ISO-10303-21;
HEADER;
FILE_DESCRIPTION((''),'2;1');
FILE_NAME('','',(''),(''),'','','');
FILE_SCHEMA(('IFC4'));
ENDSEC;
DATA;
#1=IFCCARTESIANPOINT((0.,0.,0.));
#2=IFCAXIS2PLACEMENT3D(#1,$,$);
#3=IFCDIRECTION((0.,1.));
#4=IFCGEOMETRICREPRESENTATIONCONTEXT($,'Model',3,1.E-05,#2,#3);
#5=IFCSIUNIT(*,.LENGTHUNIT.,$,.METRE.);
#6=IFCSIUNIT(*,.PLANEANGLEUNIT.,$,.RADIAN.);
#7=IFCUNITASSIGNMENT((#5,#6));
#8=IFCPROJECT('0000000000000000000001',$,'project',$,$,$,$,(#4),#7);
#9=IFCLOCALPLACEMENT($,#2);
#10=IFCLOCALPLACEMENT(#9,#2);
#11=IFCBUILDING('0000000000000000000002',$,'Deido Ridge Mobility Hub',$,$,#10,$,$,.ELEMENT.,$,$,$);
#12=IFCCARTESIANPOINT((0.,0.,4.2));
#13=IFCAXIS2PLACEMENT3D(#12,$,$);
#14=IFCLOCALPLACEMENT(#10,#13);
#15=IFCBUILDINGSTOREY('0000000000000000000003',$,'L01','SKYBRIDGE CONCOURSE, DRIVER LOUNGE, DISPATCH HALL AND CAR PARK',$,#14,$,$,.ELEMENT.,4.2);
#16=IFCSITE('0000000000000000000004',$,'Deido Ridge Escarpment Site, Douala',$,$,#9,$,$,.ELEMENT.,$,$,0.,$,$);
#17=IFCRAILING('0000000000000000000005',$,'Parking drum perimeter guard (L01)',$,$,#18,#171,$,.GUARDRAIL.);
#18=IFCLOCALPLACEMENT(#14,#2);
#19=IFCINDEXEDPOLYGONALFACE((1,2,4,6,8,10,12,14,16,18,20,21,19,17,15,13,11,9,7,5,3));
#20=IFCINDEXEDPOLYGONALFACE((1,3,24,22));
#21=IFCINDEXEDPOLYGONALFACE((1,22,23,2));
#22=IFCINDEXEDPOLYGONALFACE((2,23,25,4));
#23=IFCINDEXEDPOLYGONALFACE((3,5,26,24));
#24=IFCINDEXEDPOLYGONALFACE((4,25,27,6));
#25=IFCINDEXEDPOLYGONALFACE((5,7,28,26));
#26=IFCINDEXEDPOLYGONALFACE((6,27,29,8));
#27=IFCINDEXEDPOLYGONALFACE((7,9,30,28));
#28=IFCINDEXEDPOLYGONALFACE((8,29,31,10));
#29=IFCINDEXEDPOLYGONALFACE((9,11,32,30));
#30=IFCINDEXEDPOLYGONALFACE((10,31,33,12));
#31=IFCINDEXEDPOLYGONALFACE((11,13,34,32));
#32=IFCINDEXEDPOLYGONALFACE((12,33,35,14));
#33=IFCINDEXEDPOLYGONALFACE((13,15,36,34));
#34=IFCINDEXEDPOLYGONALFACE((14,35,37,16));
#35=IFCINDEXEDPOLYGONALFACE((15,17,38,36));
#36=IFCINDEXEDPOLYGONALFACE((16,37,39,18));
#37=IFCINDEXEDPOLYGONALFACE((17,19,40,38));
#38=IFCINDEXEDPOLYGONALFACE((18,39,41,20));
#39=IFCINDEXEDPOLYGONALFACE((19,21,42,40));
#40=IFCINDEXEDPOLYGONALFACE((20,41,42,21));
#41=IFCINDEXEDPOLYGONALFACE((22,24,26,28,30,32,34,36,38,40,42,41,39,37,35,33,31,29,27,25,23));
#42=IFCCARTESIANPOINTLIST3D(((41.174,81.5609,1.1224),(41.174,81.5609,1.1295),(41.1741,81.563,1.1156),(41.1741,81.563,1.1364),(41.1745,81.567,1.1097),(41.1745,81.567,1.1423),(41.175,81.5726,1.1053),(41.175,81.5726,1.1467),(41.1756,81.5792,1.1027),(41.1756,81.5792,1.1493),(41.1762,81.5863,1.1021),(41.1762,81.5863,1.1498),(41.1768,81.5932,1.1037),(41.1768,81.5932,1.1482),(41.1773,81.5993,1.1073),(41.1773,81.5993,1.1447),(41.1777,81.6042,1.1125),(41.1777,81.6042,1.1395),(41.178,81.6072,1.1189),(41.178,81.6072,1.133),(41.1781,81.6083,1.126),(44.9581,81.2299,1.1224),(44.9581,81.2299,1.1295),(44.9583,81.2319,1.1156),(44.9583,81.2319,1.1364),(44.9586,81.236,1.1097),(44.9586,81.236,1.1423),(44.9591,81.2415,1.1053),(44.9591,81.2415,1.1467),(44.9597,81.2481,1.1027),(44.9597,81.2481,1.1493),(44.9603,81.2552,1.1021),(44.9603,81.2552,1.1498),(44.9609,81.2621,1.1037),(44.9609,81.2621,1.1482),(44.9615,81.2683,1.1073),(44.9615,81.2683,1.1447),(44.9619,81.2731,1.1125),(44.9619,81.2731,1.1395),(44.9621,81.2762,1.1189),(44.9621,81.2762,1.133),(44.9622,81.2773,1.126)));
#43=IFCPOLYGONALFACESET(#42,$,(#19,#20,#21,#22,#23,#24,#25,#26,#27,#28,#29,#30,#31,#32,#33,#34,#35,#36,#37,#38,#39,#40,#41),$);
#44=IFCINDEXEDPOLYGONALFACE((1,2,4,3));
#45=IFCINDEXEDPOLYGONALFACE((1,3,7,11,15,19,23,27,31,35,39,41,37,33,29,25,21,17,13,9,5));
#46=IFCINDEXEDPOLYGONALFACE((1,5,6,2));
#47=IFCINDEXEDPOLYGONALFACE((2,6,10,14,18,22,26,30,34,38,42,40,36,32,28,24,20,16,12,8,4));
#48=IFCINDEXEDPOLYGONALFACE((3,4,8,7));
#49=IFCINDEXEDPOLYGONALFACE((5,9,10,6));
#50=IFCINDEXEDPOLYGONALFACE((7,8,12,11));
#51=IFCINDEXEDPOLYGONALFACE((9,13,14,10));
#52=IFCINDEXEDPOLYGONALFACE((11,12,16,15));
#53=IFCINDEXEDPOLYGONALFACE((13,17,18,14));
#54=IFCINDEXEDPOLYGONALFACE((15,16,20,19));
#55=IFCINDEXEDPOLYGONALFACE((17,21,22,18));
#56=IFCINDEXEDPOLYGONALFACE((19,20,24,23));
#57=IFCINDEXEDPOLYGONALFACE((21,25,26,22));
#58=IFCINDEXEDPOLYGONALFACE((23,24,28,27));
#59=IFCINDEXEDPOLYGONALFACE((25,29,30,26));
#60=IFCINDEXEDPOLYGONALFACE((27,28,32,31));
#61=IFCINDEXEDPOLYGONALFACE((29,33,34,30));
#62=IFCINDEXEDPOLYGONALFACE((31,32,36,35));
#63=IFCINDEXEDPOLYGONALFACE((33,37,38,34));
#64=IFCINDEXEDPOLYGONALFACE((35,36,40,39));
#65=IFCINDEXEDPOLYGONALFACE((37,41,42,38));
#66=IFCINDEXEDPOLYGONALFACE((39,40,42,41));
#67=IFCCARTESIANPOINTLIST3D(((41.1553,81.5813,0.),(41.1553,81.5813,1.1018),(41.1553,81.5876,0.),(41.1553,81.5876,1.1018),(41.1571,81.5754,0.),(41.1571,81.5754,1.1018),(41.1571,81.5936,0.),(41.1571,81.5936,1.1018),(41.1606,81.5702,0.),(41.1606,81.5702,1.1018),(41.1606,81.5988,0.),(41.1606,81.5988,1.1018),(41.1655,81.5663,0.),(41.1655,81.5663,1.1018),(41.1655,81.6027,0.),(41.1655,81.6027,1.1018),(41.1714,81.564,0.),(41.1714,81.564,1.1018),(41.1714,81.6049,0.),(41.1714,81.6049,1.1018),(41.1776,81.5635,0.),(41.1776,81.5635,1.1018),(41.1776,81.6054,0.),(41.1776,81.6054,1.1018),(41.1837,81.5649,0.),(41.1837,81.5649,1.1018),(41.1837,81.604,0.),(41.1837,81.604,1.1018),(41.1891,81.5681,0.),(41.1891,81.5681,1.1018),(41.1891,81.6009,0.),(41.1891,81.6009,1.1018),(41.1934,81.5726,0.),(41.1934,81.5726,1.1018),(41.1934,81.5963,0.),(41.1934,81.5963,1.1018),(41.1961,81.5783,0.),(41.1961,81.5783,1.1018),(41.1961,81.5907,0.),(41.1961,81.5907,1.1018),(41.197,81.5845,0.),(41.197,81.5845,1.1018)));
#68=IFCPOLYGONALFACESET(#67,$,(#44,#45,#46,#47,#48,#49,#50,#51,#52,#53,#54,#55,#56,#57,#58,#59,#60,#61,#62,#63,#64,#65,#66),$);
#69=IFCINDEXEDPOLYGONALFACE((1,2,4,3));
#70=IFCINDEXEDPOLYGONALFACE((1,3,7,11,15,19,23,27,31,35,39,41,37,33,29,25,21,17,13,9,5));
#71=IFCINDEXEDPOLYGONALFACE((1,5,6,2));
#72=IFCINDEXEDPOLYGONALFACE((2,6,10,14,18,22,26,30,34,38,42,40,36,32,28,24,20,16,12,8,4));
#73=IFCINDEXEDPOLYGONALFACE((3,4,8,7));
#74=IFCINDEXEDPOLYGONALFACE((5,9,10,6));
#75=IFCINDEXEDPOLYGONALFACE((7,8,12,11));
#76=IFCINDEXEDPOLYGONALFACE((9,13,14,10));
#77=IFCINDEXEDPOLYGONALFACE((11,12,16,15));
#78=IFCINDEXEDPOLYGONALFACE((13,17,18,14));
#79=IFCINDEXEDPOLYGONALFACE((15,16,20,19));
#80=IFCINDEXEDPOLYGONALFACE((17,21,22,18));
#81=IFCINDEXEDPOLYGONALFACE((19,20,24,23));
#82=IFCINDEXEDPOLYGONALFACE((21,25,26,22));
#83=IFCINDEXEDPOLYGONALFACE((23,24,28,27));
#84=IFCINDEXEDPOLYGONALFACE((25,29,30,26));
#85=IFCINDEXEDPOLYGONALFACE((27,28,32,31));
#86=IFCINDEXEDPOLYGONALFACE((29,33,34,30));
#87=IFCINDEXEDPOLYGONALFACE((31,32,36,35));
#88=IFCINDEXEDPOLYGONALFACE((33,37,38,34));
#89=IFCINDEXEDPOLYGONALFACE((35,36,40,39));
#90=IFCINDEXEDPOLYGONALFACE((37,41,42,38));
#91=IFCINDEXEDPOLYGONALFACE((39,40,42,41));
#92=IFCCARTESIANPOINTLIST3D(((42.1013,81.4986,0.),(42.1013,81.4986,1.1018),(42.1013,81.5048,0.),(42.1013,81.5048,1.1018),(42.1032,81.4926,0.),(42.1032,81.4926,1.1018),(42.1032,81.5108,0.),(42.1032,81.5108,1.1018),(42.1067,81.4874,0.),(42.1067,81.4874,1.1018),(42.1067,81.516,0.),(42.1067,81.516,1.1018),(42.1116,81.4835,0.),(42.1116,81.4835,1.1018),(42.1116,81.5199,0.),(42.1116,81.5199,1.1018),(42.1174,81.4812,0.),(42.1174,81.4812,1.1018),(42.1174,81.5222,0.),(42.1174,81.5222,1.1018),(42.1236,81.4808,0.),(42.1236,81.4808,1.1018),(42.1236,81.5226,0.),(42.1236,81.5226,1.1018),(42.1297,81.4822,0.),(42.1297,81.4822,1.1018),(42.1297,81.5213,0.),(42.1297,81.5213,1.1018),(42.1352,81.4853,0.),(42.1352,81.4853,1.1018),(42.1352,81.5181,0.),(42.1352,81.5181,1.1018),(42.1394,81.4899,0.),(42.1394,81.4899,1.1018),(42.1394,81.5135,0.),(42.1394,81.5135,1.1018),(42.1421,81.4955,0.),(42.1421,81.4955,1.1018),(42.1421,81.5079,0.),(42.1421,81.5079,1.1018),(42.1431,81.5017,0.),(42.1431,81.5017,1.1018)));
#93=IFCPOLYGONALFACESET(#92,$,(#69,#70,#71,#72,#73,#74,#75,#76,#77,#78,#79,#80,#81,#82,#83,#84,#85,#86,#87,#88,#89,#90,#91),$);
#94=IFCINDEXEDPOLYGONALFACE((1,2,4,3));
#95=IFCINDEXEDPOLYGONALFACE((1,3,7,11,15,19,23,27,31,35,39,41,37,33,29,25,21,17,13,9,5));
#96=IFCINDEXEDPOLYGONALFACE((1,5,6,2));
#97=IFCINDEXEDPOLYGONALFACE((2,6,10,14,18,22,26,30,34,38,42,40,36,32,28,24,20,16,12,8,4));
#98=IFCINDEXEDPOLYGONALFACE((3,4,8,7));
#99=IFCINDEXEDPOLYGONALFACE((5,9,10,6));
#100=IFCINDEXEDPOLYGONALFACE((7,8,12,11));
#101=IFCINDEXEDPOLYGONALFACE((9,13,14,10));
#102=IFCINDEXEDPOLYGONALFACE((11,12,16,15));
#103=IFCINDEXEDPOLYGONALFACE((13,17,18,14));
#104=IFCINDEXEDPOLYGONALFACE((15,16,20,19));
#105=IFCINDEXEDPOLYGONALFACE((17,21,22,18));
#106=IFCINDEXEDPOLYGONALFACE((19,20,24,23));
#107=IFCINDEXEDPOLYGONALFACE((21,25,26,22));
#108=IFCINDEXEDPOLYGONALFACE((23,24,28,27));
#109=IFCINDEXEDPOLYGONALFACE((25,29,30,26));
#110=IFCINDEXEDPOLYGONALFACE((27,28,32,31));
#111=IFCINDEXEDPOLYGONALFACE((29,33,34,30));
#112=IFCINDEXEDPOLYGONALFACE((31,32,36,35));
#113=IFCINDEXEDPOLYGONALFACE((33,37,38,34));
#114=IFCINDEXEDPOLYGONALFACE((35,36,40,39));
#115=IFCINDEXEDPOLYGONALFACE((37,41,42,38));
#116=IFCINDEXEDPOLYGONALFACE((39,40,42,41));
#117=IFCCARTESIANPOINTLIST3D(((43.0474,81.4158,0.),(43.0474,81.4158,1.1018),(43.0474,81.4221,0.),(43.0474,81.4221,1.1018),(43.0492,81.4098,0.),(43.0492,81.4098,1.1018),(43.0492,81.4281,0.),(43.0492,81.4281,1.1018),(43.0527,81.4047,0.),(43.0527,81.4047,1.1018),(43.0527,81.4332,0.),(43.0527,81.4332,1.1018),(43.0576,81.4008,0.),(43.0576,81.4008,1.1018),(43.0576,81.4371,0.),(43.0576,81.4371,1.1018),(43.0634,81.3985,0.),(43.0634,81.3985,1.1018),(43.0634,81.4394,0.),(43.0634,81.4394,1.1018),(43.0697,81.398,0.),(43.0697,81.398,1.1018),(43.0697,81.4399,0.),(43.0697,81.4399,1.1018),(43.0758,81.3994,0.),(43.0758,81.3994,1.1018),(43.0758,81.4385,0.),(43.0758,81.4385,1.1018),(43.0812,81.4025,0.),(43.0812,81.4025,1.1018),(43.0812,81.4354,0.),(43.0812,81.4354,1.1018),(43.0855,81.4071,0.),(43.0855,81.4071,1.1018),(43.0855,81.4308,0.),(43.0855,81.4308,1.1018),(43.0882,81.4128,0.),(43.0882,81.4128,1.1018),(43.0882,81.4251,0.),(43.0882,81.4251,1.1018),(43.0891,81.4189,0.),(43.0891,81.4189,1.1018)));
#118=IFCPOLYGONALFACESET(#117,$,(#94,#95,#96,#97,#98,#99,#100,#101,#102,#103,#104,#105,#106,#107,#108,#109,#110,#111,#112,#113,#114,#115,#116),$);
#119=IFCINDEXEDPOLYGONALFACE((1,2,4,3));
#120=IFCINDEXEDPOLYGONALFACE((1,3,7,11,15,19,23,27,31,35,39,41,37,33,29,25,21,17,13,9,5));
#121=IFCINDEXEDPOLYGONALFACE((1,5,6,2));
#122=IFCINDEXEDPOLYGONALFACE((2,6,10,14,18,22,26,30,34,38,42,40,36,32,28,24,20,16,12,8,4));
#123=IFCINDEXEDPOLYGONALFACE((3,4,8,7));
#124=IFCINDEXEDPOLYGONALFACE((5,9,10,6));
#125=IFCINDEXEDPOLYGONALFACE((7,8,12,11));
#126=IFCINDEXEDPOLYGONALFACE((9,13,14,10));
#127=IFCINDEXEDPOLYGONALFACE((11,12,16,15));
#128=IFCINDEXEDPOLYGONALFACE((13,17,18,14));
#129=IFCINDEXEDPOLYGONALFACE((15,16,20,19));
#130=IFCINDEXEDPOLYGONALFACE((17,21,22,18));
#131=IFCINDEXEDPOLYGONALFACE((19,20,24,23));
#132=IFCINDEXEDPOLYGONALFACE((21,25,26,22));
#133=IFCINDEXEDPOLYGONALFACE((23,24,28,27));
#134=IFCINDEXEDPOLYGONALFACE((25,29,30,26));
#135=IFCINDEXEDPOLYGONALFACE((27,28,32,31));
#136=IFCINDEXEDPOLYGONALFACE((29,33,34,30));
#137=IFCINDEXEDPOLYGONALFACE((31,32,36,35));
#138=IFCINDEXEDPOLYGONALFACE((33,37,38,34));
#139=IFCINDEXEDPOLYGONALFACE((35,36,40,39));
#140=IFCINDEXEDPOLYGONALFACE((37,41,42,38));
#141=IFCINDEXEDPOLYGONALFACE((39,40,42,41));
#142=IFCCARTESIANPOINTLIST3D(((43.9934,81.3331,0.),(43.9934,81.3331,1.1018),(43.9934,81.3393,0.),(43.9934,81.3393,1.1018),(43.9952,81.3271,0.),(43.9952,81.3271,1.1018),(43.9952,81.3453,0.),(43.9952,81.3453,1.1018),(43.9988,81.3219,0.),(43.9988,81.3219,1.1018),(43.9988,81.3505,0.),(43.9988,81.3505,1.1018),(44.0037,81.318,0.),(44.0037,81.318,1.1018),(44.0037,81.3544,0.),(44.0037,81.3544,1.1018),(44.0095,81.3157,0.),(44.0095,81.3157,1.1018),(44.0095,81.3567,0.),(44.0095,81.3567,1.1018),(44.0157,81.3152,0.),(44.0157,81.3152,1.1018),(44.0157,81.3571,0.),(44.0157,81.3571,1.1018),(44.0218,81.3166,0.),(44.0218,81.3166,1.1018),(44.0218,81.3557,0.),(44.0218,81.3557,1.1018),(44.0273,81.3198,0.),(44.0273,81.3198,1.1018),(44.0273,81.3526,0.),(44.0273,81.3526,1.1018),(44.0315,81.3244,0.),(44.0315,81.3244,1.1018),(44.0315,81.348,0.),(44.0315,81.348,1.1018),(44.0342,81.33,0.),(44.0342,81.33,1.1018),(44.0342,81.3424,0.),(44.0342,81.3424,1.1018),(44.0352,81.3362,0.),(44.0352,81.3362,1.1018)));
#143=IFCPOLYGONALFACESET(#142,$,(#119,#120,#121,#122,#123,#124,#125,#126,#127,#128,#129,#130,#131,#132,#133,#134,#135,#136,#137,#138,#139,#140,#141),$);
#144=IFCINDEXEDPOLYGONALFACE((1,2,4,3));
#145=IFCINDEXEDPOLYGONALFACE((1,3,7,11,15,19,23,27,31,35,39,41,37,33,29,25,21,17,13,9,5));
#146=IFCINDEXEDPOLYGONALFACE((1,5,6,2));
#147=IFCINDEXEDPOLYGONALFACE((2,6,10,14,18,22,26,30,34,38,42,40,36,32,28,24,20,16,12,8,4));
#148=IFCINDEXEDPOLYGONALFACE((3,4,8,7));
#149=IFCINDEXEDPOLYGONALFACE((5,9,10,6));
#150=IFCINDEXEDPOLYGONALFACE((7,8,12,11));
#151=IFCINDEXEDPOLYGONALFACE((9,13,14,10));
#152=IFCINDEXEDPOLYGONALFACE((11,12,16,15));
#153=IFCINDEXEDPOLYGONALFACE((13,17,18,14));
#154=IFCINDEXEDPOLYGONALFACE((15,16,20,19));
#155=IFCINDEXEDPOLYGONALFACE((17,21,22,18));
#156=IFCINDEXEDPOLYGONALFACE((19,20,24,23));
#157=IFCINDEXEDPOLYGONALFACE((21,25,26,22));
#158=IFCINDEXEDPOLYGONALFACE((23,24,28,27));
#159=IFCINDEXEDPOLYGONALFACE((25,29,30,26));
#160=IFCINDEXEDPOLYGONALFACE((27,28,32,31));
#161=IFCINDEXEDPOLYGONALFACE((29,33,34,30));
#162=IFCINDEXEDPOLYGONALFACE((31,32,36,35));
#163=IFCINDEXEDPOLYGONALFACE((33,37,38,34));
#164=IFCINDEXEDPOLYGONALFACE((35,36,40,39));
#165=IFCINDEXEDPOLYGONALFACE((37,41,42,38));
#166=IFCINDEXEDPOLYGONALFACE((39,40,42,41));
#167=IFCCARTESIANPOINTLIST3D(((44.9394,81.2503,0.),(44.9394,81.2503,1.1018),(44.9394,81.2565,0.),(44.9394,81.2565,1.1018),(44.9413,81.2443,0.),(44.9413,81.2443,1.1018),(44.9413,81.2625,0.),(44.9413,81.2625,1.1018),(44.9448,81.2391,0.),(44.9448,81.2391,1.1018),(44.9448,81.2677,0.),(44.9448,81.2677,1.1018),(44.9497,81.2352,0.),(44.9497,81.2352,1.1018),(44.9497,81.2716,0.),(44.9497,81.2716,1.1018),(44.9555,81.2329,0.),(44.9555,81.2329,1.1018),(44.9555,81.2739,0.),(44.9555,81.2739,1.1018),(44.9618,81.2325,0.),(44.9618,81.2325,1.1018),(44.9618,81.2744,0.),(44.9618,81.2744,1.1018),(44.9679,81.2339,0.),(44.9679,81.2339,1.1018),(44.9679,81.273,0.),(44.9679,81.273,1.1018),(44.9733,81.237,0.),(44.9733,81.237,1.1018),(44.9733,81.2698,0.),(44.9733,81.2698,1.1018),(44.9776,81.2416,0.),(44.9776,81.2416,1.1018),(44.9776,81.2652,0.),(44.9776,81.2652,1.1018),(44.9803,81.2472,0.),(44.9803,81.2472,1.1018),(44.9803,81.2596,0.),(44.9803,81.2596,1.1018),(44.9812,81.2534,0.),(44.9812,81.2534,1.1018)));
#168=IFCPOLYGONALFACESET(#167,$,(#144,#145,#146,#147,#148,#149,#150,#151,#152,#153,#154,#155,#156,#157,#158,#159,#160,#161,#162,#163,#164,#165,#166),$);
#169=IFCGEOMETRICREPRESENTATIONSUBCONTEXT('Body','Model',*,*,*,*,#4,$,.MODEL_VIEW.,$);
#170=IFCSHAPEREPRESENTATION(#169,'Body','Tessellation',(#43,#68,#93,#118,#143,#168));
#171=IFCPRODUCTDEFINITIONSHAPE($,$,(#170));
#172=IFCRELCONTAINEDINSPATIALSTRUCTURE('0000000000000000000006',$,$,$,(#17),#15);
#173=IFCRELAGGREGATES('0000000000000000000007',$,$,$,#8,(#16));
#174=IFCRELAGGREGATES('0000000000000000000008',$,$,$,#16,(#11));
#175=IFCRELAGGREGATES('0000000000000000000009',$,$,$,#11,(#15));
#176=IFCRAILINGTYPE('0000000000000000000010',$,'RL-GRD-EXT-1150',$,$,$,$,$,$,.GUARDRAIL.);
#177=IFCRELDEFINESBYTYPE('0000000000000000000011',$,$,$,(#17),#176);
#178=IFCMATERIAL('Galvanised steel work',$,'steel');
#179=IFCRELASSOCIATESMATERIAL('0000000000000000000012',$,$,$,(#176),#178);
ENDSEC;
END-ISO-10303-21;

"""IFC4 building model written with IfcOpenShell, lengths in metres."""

from ifc_helpers import new_model, si_unit, direction, frame, origin, origin_2d, place, context, subcontext, project, spatial, circle, extrude, material, type_object, element, save


model = new_model("IFC4")

# Units and contexts
model_context = context("Model", 3, precision=1e-05, world=origin(), true_north=direction((0.0, 1.0)))
body_context = subcontext(model_context, "Body", "Model", "MODEL_VIEW")
ifc_project = project(units=[si_unit("LENGTHUNIT", "METRE"), si_unit("PLANEANGLEUNIT", "RADIAN")], contexts=[model_context])

# Site, building, storey
site_placement = place(None, origin())
site = spatial("IfcSite", under=ifc_project, at=site_placement, Name="Deido Ridge Escarpment Site, Douala", CompositionType="ELEMENT", RefElevation=0.0)
building_placement = place(site_placement, origin())
building = spatial("IfcBuilding", under=site, at=building_placement, Name="Deido Ridge Mobility Hub", CompositionType="ELEMENT")
storey_placement = place(building_placement, frame((0.0, 0.0, 4.2)))
storey = spatial("IfcBuildingStorey", under=building, at=storey_placement, Name="L01", Description="SKYBRIDGE CONCOURSE, DRIVER LOUNGE, DISPATCH HALL AND CAR PARK", CompositionType="ELEMENT", Elevation=4.2)

# Railing
ifc_material_1 = material(Name="Galvanised steel work", Category="steel")
railing_type = type_object("IfcRailingType", Name="RL-GRD-EXT-1150", PredefinedType="GUARDRAIL", material=ifc_material_1)
railing_1_placement = place(storey_placement, frame((41.176, 81.5845, 0.0)))
element("IfcRailing", 1, at=railing_1_placement, inside=storey, type_object=railing_type, Name="Parking drum perimeter guard (L01)", PredefinedType="GUARDRAIL", context=body_context, shape_type="SweptSolid", body=[
    extrude(circle(Radius=0.0239, at=origin_2d()), frame((0.0, 0.0, 1.126), z_axis=(0.996195, -0.087151, 0.0), x_axis=(0.087151, 0.996195, 0.0)), (0.0, 0.0, 1.0), 3.7986),
    extrude(circle(Radius=0.021, at=origin_2d()), origin(), (0.0, 0.0, 1.0), 1.1018),
    extrude(circle(Radius=0.021, at=origin_2d()), frame((0.946, -0.0828, 0.0)), (0.0, 0.0, 1.0), 1.1018),
    extrude(circle(Radius=0.021, at=origin_2d()), frame((1.8921, -0.1655, 0.0)), (0.0, 0.0, 1.0), 1.1018),
    extrude(circle(Radius=0.021, at=origin_2d()), frame((2.8381, -0.2483, 0.0)), (0.0, 0.0, 1.0), 1.1018),
    extrude(circle(Radius=0.021, at=origin_2d()), frame((3.7842, -0.3311, 0.0)), (0.0, 0.0, 1.0), 1.1018),
])

save(model, "model.ifc")
